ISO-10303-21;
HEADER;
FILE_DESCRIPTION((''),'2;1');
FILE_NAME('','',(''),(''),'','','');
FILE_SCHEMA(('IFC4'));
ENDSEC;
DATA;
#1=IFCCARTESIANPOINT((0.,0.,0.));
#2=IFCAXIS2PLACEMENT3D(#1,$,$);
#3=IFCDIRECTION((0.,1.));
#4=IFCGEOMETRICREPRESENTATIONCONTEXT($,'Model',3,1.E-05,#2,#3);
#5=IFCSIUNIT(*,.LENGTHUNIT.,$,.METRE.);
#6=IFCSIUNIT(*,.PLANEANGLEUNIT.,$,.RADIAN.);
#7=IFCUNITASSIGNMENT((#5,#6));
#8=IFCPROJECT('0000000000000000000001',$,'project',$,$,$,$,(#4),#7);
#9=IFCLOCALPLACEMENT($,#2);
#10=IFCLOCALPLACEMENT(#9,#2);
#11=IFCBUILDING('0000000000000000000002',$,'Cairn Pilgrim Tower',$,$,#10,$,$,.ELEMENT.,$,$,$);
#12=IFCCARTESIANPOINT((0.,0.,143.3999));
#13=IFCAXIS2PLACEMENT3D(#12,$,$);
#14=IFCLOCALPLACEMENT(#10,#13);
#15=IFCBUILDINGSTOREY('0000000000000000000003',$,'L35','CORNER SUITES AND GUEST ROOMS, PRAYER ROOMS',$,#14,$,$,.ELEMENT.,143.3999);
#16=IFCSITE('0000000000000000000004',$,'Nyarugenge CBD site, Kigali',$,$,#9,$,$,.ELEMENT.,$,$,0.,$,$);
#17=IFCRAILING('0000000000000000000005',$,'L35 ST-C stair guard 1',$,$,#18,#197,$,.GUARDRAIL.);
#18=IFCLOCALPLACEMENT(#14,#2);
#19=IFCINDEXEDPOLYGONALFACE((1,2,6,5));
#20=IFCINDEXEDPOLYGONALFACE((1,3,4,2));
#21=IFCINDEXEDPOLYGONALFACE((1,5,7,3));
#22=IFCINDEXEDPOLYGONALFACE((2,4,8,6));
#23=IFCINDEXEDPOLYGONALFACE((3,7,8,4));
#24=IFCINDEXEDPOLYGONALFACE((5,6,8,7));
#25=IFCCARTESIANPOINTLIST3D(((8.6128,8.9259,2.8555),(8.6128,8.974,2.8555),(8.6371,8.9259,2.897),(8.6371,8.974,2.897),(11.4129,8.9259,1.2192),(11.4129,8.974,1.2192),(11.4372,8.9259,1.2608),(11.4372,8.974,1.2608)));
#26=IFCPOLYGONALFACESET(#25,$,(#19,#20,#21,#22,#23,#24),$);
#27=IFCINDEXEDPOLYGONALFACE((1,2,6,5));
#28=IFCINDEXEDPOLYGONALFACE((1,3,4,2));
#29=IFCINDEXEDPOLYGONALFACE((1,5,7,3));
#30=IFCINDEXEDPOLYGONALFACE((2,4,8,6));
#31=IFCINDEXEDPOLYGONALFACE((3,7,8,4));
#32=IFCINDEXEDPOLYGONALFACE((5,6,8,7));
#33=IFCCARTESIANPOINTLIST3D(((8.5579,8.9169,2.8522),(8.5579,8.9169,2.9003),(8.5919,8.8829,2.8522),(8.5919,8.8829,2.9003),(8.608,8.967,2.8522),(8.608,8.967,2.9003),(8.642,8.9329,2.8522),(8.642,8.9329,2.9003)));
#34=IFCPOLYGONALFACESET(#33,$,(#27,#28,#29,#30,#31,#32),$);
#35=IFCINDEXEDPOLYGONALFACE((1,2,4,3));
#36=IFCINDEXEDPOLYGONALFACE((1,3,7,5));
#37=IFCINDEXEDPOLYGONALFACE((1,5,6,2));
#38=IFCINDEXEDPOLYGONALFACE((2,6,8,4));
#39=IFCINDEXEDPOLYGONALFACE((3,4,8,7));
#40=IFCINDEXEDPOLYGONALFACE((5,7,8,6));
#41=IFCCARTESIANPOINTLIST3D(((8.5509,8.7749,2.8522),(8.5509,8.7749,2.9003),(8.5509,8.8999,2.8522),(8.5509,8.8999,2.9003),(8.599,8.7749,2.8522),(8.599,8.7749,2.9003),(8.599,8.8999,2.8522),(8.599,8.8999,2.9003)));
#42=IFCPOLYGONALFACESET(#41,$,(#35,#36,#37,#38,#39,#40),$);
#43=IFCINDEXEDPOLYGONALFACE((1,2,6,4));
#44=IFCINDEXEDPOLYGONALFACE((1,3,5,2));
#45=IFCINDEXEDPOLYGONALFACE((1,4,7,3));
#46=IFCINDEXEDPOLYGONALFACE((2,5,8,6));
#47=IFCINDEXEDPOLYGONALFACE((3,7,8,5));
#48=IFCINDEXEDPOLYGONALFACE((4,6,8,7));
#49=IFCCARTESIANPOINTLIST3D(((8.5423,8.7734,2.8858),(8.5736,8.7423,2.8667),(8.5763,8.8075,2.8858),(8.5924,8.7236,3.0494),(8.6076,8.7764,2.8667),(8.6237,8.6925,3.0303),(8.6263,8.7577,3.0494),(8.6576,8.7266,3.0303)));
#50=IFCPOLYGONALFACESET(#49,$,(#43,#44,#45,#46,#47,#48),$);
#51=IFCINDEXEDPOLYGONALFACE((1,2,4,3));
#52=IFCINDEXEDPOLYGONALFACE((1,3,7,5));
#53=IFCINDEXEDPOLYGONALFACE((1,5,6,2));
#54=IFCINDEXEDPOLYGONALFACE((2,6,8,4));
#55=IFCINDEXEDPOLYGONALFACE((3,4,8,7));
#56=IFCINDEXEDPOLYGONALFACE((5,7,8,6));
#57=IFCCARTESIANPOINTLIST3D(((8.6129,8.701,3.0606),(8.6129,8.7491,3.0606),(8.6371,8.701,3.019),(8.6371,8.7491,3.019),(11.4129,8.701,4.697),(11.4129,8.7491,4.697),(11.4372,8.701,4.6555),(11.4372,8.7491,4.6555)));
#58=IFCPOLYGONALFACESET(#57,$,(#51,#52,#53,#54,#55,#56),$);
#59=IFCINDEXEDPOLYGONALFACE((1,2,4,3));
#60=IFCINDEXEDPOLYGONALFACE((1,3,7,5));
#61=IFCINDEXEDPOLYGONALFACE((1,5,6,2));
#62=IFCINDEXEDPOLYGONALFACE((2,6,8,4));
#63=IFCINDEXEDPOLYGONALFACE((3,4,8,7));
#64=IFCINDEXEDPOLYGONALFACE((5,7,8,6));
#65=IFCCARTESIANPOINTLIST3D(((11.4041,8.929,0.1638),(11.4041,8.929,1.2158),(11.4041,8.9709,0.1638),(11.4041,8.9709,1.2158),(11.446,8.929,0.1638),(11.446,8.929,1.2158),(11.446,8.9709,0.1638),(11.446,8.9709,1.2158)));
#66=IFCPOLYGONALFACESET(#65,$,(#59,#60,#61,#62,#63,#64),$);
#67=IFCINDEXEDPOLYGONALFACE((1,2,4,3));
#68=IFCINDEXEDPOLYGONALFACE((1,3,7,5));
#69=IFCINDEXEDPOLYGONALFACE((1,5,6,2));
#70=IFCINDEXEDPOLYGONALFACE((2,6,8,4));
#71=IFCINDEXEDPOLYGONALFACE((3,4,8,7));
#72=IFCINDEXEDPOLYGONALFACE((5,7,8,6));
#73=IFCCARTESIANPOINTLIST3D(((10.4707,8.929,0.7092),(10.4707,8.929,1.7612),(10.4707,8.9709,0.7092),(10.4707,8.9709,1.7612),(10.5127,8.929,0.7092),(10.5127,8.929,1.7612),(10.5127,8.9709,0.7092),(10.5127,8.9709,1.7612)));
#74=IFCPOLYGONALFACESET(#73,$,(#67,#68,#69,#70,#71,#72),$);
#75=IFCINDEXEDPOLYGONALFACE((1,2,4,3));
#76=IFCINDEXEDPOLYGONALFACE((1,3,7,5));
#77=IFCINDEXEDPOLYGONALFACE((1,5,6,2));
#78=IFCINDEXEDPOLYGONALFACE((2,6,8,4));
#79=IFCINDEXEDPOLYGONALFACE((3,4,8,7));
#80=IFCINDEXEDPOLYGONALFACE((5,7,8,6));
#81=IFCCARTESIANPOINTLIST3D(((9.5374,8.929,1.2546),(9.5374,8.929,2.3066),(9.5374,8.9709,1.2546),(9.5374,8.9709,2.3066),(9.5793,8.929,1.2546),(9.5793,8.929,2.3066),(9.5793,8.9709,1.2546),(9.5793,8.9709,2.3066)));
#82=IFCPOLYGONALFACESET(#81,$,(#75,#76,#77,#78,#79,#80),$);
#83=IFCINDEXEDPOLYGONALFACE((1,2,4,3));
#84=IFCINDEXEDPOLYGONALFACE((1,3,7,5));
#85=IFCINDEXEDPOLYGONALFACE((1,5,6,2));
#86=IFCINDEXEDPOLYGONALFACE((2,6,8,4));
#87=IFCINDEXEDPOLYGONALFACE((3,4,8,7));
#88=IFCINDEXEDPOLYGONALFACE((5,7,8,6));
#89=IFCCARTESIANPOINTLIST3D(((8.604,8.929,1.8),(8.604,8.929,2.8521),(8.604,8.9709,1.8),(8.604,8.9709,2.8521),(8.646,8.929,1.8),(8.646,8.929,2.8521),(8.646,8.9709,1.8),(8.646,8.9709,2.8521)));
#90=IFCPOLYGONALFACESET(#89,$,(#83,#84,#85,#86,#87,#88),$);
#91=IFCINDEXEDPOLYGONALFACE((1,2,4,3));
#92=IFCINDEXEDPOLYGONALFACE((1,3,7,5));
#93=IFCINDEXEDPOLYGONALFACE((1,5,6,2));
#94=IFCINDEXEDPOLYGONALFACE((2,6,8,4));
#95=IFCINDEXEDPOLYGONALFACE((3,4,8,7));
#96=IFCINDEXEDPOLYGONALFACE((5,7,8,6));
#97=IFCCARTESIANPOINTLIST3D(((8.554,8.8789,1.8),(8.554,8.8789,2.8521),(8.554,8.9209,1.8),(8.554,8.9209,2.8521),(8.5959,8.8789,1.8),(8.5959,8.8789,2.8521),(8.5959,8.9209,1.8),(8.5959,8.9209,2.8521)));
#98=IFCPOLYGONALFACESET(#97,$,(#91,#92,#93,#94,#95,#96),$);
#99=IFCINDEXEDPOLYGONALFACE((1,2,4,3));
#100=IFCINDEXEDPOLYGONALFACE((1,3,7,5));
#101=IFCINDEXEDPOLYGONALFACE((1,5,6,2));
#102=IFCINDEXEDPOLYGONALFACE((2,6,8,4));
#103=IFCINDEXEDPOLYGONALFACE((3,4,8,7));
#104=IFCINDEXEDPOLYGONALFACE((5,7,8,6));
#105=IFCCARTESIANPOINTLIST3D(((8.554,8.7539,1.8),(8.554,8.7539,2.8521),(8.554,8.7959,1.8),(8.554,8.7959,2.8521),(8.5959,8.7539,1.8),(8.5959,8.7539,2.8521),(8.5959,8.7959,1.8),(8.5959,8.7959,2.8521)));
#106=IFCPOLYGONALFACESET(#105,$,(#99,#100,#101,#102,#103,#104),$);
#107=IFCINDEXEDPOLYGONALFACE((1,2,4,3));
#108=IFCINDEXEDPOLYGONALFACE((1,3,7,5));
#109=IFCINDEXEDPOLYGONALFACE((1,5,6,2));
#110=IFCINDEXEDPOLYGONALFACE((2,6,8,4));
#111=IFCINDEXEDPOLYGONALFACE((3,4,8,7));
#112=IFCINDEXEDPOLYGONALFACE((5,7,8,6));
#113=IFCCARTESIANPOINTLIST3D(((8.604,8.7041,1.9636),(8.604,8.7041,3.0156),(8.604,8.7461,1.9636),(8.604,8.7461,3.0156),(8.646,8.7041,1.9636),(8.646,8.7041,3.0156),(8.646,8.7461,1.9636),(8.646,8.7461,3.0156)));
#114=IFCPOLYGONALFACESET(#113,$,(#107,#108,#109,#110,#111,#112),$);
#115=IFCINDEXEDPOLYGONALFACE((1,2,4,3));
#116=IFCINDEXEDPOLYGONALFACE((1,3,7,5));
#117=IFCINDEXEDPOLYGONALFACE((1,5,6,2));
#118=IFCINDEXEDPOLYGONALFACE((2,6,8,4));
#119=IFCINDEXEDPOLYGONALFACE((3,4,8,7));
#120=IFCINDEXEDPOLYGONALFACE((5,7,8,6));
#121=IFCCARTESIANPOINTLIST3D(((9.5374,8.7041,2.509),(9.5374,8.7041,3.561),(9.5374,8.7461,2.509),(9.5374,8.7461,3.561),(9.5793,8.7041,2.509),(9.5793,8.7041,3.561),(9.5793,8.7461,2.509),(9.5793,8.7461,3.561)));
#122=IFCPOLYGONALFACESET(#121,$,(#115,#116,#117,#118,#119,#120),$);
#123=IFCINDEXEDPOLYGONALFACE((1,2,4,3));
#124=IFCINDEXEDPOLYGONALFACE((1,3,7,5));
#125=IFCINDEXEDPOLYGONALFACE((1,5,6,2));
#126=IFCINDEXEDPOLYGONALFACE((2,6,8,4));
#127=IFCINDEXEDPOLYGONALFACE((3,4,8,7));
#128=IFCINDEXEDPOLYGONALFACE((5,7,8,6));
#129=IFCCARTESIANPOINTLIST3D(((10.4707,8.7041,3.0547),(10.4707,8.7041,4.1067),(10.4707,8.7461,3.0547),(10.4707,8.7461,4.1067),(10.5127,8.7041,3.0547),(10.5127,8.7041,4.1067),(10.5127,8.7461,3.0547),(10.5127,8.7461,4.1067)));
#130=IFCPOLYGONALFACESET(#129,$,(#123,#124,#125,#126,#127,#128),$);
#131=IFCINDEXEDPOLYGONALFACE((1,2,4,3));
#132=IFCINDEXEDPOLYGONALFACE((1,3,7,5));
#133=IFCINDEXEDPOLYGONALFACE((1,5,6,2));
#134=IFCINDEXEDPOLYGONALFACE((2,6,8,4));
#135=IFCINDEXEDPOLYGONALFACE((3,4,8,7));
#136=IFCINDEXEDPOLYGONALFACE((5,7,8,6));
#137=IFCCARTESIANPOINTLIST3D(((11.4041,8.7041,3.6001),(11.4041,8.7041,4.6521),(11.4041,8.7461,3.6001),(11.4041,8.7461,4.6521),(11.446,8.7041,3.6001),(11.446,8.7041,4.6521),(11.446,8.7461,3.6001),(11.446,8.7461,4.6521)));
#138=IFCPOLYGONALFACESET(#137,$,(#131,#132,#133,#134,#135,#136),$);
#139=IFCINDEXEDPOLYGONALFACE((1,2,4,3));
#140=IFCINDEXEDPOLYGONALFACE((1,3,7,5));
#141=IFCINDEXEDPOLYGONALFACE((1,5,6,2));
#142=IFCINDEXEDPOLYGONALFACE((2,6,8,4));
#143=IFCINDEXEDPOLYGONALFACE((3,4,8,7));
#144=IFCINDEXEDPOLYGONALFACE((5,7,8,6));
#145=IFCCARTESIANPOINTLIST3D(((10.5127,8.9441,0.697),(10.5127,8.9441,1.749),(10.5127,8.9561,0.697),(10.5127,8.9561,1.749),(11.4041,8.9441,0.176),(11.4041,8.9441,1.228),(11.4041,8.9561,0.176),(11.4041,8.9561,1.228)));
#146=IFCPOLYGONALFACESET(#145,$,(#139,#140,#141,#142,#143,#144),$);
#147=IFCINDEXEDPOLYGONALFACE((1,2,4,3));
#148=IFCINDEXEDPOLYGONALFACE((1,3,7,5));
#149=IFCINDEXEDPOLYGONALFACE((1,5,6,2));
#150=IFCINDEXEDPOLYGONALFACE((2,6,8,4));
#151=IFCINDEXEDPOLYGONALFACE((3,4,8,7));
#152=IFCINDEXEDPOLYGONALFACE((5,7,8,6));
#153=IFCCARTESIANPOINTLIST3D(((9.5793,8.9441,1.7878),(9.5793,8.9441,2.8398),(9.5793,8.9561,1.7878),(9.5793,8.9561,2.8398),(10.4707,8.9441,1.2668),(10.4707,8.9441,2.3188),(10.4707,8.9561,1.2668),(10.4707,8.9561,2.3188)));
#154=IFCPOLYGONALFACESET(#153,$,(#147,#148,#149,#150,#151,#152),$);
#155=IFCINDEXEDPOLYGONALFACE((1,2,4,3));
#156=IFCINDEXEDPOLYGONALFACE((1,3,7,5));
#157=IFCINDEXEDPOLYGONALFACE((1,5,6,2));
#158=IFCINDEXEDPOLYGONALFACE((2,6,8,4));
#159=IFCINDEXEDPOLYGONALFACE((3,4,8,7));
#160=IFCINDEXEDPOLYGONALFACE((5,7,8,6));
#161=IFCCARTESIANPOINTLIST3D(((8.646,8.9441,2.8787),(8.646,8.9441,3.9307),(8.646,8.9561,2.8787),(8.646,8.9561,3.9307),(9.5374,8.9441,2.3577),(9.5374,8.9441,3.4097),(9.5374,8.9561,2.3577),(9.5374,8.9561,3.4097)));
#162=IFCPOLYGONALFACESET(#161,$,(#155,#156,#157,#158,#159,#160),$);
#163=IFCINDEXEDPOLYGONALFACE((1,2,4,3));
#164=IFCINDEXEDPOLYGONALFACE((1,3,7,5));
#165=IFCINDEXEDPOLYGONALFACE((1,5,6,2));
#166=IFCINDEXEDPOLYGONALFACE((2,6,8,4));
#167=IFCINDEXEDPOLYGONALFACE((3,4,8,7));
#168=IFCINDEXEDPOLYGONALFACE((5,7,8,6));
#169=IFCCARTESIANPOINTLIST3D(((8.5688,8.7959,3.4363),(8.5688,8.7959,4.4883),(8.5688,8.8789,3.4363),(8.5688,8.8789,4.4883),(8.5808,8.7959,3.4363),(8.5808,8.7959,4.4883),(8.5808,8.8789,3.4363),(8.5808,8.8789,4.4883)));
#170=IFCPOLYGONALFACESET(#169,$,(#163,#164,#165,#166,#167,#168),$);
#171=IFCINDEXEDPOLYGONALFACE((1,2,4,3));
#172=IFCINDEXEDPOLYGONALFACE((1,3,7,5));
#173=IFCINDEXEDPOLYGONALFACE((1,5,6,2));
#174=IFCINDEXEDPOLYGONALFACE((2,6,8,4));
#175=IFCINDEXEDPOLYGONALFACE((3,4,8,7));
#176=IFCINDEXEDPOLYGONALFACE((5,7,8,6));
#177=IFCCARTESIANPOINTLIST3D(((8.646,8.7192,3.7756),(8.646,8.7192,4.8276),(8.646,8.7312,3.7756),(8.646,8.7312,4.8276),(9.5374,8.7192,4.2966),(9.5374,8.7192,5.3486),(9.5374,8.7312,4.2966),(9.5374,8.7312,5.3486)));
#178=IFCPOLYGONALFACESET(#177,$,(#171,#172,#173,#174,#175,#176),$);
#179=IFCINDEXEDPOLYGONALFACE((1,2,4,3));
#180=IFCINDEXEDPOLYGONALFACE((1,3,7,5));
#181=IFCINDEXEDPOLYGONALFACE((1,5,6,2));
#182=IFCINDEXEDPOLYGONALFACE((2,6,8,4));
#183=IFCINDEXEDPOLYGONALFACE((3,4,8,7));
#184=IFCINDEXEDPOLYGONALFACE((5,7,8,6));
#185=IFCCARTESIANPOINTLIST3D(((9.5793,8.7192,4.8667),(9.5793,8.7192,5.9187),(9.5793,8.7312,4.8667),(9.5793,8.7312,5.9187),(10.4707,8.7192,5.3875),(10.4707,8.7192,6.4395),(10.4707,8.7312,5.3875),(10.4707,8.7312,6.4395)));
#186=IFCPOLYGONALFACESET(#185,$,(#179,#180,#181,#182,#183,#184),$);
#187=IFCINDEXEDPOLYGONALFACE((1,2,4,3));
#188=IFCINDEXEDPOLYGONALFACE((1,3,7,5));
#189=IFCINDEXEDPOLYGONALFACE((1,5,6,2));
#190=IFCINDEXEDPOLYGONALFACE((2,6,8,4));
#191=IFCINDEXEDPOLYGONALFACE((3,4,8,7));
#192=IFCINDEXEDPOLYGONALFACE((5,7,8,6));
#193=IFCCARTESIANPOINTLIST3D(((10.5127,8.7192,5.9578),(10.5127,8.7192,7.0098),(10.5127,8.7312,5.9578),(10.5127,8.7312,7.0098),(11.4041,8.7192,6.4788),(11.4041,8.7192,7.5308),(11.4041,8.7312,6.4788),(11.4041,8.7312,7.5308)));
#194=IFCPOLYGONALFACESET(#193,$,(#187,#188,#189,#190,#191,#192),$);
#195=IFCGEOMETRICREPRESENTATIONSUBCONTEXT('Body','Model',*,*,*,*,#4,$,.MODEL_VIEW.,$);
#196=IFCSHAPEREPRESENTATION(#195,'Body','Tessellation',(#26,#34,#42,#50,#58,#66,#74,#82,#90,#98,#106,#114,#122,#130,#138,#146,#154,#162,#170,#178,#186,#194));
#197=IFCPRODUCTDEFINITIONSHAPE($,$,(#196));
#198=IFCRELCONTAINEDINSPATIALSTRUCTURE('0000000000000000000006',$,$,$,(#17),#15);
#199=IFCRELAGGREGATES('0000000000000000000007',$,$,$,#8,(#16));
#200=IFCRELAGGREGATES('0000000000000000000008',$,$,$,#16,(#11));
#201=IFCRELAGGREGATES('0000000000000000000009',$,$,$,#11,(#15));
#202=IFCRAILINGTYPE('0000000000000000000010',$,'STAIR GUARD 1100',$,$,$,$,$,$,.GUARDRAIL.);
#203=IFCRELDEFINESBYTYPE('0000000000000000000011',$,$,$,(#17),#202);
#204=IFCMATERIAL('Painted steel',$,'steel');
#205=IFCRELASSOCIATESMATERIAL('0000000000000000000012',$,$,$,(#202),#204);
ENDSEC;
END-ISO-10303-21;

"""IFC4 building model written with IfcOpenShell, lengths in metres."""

from ifc_helpers import new_model, si_unit, direction, frame, origin, origin_2d, place, context, subcontext, project, spatial, polyline, rectangle, outline, extrude, material, type_object, element, save


model = new_model("IFC4")

# Units and contexts
model_context = context("Model", 3, precision=1e-05, world=origin(), true_north=direction((0.0, 1.0)))
body_context = subcontext(model_context, "Body", "Model", "MODEL_VIEW")
ifc_project = project(units=[si_unit("LENGTHUNIT", "METRE"), si_unit("PLANEANGLEUNIT", "RADIAN")], contexts=[model_context])

# Site, building, storey
site_placement = place(None, origin())
site = spatial("IfcSite", under=ifc_project, at=site_placement, Name="Nyarugenge CBD site, Kigali", CompositionType="ELEMENT", RefElevation=0.0)
building_placement = place(site_placement, origin())
building = spatial("IfcBuilding", under=site, at=building_placement, Name="Cairn Pilgrim Tower", CompositionType="ELEMENT")
storey_placement = place(building_placement, frame((0.0, 0.0, 143.3999)))
storey = spatial("IfcBuildingStorey", under=building, at=storey_placement, Name="L35", Description="CORNER SUITES AND GUEST ROOMS, PRAYER ROOMS", CompositionType="ELEMENT", Elevation=143.3999)

# Shared definitions
ifc_material_1 = material(Name="Painted steel", Category="steel")

# Railing
railing_type_1 = type_object("IfcRailingType", Name="STAIR GUARD 1100", PredefinedType="GUARDRAIL", material=ifc_material_1)
railing_1_placement = place(storey_placement, frame((11.425, 8.95, 0.1638)))
element("IfcRailing", 1, at=railing_1_placement, inside=storey, type_object=railing_type_1, Name="L35 ST-C stair guard 1", PredefinedType="GUARDRAIL", context=body_context, shape_type="SweptSolid", body=[
    extrude(rectangle(XDim=0.0481, YDim=0.0481, at=origin_2d()), frame((0.0, 0.0, 1.0762), z_axis=(-0.863394, 0.0, 0.504531), x_axis=(0.0, -1.0, 0.0)), (0.0, 0.0, 1.0), 3.2432),
    extrude(rectangle(XDim=0.0481, YDim=0.0481, at=origin_2d()), frame((-2.8, 0.0, 2.7124), z_axis=(-0.707107, -0.707107, 0.0), x_axis=(0.707107, -0.707107, 0.0)), (0.0, 0.0, 1.0), 0.0708),
    extrude(rectangle(XDim=0.0481, YDim=0.0481, at=origin_2d()), frame((-2.8501, -0.05, 2.7124), z_axis=(0.0, -1.0, 0.0), x_axis=(1.0, 0.0, 0.0)), (0.0, 0.0, 1.0), 0.125),
    extrude(rectangle(XDim=0.0481, YDim=0.0481, at=origin_2d()), frame((-2.8501, -0.175, 2.7124), z_axis=(0.280917, -0.279546, 0.918118), x_axis=(0.705376, 0.708834, 0.0)), (0.0, 0.0, 1.0), 0.1782),
    extrude(rectangle(XDim=0.0481, YDim=0.0481, at=origin_2d()), frame((-2.8, -0.2249, 2.876), z_axis=(0.863361, 0.0, 0.504587), x_axis=(0.0, 1.0, 0.0)), (0.0, 0.0, 1.0), 3.2432),
    extrude(rectangle(XDim=0.042, YDim=0.042, at=origin_2d()), origin(), (0.0, 0.0, 1.0), 1.052),
    extrude(rectangle(XDim=0.042, YDim=0.042, at=origin_2d()), frame((-0.9333, 0.0, 0.5454)), (0.0, 0.0, 1.0), 1.052),
    extrude(rectangle(XDim=0.042, YDim=0.042, at=origin_2d()), frame((-1.8667, 0.0, 1.0908)), (0.0, 0.0, 1.0), 1.052),
    extrude(rectangle(XDim=0.042, YDim=0.042, at=origin_2d()), frame((-2.8, 0.0, 1.6362)), (0.0, 0.0, 1.0), 1.052),
    extrude(rectangle(XDim=0.042, YDim=0.042, at=origin_2d()), frame((-2.8501, -0.05, 1.6362)), (0.0, 0.0, 1.0), 1.052),
    extrude(rectangle(XDim=0.042, YDim=0.042, at=origin_2d()), frame((-2.8501, -0.175, 1.6362)), (0.0, 0.0, 1.0), 1.052),
    extrude(rectangle(XDim=0.042, YDim=0.042, at=origin_2d()), frame((-2.8, -0.2249, 1.7998)), (0.0, 0.0, 1.0), 1.052),
    extrude(rectangle(XDim=0.042, YDim=0.042, at=origin_2d()), frame((-1.8667, -0.2249, 2.3452)), (0.0, 0.0, 1.0), 1.052),
    extrude(rectangle(XDim=0.042, YDim=0.042, at=origin_2d()), frame((-0.9333, -0.2249, 2.8909)), (0.0, 0.0, 1.0), 1.052),
    extrude(rectangle(XDim=0.042, YDim=0.042, at=origin_2d()), frame((0.0, -0.2249, 3.4363)), (0.0, 0.0, 1.0), 1.052),
    extrude(outline(polyline([(0.021, 0.0122), (0.9124, 0.5332), (0.9124, 1.5852), (0.021, 1.0642), (0.021, 0.0122)])), frame((0.0, -0.0059, 0.0), z_axis=(0.0, 1.0, 0.0), x_axis=(-1.0, 0.0, 0.0)), (0.0, 0.0, 1.0), 0.012),
    extrude(outline(polyline([(0.021, 0.5576), (0.9124, 1.0786), (0.9124, 2.1306), (0.021, 1.6096), (0.021, 0.5576)])), frame((-0.9333, -0.0059, 0.5454), z_axis=(0.0, 1.0, 0.0), x_axis=(-1.0, 0.0, 0.0)), (0.0, 0.0, 1.0), 0.012),
    extrude(outline(polyline([(0.021, 1.103), (0.9124, 1.624), (0.9124, 2.676), (0.021, 2.155), (0.021, 1.103)])), frame((-1.8667, -0.0059, 1.0908), z_axis=(0.0, 1.0, 0.0), x_axis=(-1.0, 0.0, 0.0)), (0.0, 0.0, 1.0), 0.012),
    extrude(outline(polyline([(0.021, 1.6362), (0.104, 1.6362), (0.104, 2.6882), (0.021, 2.6882), (0.021, 1.6362)])), frame((-2.8442, -0.05, 1.6362), z_axis=(-1.0, 0.0, 0.0), x_axis=(0.0, -1.0, 0.0)), (0.0, 0.0, 1.0), 0.012),
    extrude(outline(polyline([(0.021, 1.812), (0.9124, 2.333), (0.9124, 3.385), (0.021, 2.864), (0.021, 1.812)])), frame((-2.8, -0.2188, 1.7998), z_axis=(0.0, -1.0, 0.0), x_axis=(1.0, 0.0, 0.0)), (0.0, 0.0, 1.0), 0.012),
    extrude(outline(polyline([(0.021, 2.3577), (0.9124, 2.8784), (0.9124, 3.9304), (0.021, 3.4097), (0.021, 2.3577)])), frame((-1.8667, -0.2188, 2.3452), z_axis=(0.0, -1.0, 0.0), x_axis=(1.0, 0.0, 0.0)), (0.0, 0.0, 1.0), 0.012),
    extrude(outline(polyline([(0.021, 2.9031), (0.9124, 3.4241), (0.9124, 4.4761), (0.021, 3.9551), (0.021, 2.9031)])), frame((-0.9333, -0.2188, 2.8909), z_axis=(0.0, -1.0, 0.0), x_axis=(1.0, 0.0, 0.0)), (0.0, 0.0, 1.0), 0.012),
])

save(model, "model.ifc")
